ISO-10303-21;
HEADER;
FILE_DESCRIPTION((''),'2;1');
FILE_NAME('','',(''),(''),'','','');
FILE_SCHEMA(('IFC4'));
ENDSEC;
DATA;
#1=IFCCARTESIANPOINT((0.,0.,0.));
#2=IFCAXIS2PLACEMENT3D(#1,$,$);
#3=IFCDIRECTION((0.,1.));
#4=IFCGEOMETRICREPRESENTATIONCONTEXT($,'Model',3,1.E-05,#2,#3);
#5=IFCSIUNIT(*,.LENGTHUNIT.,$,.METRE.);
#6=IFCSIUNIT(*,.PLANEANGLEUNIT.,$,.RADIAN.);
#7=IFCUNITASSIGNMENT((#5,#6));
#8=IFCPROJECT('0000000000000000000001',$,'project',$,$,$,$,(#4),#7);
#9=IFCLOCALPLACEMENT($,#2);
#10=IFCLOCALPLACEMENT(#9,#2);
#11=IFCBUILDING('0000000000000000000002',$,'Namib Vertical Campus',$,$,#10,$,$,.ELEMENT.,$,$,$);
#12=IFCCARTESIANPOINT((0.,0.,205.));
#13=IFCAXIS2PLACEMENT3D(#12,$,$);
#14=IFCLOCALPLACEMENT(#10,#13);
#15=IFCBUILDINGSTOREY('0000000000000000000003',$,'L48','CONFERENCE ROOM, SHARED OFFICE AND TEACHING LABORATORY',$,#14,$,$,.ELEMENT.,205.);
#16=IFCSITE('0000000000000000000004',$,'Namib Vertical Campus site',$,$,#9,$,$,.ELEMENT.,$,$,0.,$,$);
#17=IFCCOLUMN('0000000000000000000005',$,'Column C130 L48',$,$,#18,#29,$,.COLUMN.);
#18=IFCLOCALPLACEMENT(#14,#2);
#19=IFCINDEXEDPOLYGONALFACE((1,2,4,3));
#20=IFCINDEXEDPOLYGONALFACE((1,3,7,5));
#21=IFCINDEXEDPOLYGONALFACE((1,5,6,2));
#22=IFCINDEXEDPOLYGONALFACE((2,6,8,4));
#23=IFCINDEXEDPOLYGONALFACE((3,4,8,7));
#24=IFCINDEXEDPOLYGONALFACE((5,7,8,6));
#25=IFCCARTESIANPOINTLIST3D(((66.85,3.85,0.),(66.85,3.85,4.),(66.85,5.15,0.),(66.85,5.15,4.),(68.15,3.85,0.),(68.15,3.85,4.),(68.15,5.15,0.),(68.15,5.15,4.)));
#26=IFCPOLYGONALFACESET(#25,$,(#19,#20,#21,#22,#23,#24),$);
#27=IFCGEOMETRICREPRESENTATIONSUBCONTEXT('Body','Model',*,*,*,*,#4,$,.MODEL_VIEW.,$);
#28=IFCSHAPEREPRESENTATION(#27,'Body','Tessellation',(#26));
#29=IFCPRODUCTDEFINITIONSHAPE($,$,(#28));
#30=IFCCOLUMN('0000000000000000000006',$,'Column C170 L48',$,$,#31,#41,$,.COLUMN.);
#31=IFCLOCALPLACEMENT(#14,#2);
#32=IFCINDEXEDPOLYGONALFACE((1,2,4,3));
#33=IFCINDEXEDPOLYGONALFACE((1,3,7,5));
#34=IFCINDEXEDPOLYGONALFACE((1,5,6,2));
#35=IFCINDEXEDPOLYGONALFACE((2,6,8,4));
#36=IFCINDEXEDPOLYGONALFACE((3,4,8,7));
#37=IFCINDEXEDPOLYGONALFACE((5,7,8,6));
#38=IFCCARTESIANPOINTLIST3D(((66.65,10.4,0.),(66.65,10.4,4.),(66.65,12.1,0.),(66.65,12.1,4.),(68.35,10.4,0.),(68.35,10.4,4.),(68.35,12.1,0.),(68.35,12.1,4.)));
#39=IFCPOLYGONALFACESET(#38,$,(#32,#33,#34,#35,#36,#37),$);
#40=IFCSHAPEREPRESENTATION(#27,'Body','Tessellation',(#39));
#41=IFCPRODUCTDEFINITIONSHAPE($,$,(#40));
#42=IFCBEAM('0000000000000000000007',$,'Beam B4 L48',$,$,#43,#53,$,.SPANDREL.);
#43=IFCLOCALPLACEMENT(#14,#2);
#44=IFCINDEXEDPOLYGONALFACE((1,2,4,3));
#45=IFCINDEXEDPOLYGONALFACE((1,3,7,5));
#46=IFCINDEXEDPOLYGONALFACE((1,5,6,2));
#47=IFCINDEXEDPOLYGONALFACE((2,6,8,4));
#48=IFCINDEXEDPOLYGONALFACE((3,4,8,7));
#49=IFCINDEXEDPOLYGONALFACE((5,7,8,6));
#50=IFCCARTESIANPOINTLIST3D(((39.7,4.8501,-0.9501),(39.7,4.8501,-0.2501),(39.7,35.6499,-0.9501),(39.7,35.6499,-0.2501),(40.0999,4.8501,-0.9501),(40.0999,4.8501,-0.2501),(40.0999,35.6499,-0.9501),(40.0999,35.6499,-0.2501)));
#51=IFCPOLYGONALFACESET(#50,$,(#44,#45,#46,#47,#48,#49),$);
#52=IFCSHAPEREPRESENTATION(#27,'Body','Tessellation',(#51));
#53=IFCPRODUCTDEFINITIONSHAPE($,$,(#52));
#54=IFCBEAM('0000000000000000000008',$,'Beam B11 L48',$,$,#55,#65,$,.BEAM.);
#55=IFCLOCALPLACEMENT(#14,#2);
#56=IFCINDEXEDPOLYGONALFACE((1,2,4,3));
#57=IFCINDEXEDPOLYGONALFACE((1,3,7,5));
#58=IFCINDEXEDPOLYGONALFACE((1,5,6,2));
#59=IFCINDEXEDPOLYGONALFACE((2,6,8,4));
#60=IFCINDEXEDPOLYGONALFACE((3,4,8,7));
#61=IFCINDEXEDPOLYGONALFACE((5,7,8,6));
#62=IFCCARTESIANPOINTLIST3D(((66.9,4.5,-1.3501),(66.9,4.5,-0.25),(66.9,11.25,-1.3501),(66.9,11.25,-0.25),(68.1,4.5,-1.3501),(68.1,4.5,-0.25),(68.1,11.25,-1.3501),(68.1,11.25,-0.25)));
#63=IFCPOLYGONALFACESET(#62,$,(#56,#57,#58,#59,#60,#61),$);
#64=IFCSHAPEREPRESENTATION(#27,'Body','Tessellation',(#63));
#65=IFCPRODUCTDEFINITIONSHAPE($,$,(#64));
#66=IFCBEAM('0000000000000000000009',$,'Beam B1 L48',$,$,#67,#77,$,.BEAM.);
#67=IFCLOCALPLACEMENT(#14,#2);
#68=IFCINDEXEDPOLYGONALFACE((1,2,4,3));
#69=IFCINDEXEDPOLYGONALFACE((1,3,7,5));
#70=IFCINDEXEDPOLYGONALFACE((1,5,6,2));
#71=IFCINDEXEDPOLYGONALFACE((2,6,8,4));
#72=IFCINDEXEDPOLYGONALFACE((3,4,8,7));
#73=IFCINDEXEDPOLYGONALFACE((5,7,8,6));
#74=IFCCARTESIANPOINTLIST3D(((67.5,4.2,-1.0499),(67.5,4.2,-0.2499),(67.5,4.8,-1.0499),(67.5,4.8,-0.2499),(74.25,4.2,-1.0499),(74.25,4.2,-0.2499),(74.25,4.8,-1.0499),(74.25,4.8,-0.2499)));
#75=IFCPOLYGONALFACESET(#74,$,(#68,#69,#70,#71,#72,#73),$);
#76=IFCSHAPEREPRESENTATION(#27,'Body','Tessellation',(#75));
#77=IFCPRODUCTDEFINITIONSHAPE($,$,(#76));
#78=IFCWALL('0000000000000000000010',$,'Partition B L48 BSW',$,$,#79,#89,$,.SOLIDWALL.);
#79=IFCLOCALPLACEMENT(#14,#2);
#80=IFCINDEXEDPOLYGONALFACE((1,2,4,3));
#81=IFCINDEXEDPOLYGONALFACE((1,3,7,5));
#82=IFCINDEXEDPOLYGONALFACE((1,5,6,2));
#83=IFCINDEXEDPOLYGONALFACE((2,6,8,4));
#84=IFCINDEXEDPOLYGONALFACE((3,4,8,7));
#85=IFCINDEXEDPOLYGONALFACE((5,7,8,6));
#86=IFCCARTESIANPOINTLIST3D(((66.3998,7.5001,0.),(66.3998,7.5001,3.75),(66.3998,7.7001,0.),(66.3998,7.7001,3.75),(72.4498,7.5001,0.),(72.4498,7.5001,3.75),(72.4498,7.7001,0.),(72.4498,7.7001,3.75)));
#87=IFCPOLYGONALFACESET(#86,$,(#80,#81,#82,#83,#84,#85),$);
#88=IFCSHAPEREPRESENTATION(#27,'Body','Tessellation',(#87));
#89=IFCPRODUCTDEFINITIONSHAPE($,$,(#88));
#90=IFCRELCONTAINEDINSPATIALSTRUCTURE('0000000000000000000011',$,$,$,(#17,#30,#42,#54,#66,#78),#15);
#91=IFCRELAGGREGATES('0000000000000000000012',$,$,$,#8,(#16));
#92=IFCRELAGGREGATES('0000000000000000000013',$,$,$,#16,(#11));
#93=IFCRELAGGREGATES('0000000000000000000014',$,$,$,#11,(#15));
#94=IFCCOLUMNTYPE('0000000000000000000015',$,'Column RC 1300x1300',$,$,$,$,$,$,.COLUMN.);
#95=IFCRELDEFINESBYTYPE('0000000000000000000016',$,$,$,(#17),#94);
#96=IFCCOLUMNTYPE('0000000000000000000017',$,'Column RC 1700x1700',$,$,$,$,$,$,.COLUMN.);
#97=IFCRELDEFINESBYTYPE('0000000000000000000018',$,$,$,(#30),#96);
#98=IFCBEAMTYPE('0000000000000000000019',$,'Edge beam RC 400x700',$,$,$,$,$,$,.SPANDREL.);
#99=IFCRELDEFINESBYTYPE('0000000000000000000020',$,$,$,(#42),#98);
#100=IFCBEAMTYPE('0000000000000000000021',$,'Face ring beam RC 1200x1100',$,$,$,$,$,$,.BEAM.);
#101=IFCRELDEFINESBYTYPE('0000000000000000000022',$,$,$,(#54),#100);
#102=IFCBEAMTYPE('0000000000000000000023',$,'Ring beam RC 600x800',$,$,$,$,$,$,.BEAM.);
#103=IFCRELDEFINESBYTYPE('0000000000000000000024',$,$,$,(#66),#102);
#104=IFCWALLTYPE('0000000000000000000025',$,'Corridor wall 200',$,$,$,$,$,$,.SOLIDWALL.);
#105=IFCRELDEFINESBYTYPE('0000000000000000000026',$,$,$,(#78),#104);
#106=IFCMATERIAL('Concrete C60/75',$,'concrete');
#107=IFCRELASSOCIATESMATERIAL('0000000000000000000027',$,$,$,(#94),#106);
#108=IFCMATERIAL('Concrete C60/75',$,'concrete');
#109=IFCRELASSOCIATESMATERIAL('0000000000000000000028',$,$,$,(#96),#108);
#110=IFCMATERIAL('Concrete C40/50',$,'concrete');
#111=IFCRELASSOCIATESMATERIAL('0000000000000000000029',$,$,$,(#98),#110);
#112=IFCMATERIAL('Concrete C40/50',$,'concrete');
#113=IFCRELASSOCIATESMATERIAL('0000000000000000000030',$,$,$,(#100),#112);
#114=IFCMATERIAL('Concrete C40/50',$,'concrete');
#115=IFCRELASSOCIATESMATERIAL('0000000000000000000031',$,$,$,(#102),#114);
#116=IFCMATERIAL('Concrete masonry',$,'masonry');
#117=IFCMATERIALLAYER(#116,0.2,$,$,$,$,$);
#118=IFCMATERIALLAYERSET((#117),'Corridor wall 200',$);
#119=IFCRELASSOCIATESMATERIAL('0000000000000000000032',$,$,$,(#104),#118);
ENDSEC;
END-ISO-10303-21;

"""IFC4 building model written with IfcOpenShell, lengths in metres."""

from ifc_helpers import new_model, si_unit, direction, frame, frame_2d, origin, origin_2d, place, context, subcontext, project, spatial, rectangle, extrude, material, layer, layer_set, material_profile, profile_set, type_object, element, save


model = new_model("IFC4")

# Units and contexts
model_context = context("Model", 3, precision=1e-05, world=origin(), true_north=direction((0.0, 1.0)))
body_context = subcontext(model_context, "Body", "Model", "MODEL_VIEW")
ifc_project = project(units=[si_unit("LENGTHUNIT", "METRE"), si_unit("PLANEANGLEUNIT", "RADIAN")], contexts=[model_context])

# Site, building, storey
site_placement = place(None, origin())
site = spatial("IfcSite", under=ifc_project, at=site_placement, Name="Namib Vertical Campus site", CompositionType="ELEMENT", RefElevation=0.0)
building_placement = place(site_placement, origin())
building = spatial("IfcBuilding", under=site, at=building_placement, Name="Namib Vertical Campus", CompositionType="ELEMENT")
storey_placement = place(building_placement, frame((0.0, 0.0, 205.0)))
storey = spatial("IfcBuildingStorey", under=building, at=storey_placement, Name="L48", Description="CONFERENCE ROOM, SHARED OFFICE AND TEACHING LABORATORY", CompositionType="ELEMENT", Elevation=205.0)

# Columns
ifc_material_1 = material(Name="Concrete C60/75", Category="concrete")
ifc_material_profile_1 = material_profile(ifc_material_1, rectangle(XDim=1.3, YDim=1.3, at=origin_2d()))
ifc_profile_set_1 = profile_set([ifc_material_profile_1], Name="Concrete C60/75")
column_type_1 = type_object("IfcColumnType", Name="Column RC 1300x1300", PredefinedType="COLUMN", material=ifc_profile_set_1)
column_1_placement = place(storey_placement, frame((67.5, 4.5, 0.0), z_axis=(0.0, 0.0, 1.0), x_axis=(1.0, 0.0, 0.0)))
element("IfcColumn", 1, at=column_1_placement, inside=storey, type_object=column_type_1, Name="Column C130 L48", PredefinedType="COLUMN", context=body_context, shape_type="SweptSolid", body=[
    extrude(rectangle(XDim=1.3, YDim=1.3, at=origin_2d()), origin(), (0.0, 0.0, 1.0), 4.0),
])
ifc_material_2 = material(Name="Concrete C60/75", Category="concrete")
ifc_material_profile_2 = material_profile(ifc_material_2, rectangle(XDim=1.7, YDim=1.7, at=origin_2d()))
ifc_profile_set_2 = profile_set([ifc_material_profile_2], Name="Concrete C60/75")
column_type_2 = type_object("IfcColumnType", Name="Column RC 1700x1700", PredefinedType="COLUMN", material=ifc_profile_set_2)
column_2_placement = place(storey_placement, frame((67.5, 11.25, 0.0), z_axis=(0.0, 0.0, 1.0), x_axis=(1.0, 0.0, 0.0)))
element("IfcColumn", 2, at=column_2_placement, inside=storey, type_object=column_type_2, Name="Column C170 L48", PredefinedType="COLUMN", context=body_context, shape_type="SweptSolid", body=[
    extrude(rectangle(XDim=1.7, YDim=1.7, at=origin_2d()), origin(), (0.0, 0.0, 1.0), 4.0),
])

# Beams
ifc_material_3 = material(Name="Concrete C40/50", Category="concrete")
ifc_material_profile_3 = material_profile(ifc_material_3, rectangle(XDim=0.3999, YDim=0.7, at=origin_2d()))
ifc_profile_set_3 = profile_set([ifc_material_profile_3], Name="Concrete C40/50")
beam_type_1 = type_object("IfcBeamType", Name="Edge beam RC 400x700", PredefinedType="SPANDREL", material=ifc_profile_set_3)
beam_1_placement = place(storey_placement, frame((39.8999, 4.8501, -0.6001), z_axis=(0.0, 1.0, 0.0), x_axis=(-1.0, 0.0, 0.0)))
element("IfcBeam", 3, at=beam_1_placement, inside=storey, type_object=beam_type_1, Name="Beam B4 L48", PredefinedType="SPANDREL", context=body_context, shape_type="SweptSolid", body=[
    extrude(rectangle(XDim=0.3999, YDim=0.7, at=origin_2d()), origin(), (0.0, 0.0, 1.0), 30.7998),
])
ifc_material_4 = material(Name="Concrete C40/50", Category="concrete")
ifc_material_profile_4 = material_profile(ifc_material_4, rectangle(XDim=1.2, YDim=1.1001, at=origin_2d()))
ifc_profile_set_4 = profile_set([ifc_material_profile_4], Name="Concrete C40/50")
beam_type_2 = type_object("IfcBeamType", Name="Face ring beam RC 1200x1100", PredefinedType="BEAM", material=ifc_profile_set_4)
beam_2_placement = place(storey_placement, frame((67.5, 4.5, -0.8), z_axis=(0.0, 1.0, 0.0), x_axis=(-1.0, 0.0, 0.0)))
element("IfcBeam", 4, at=beam_2_placement, inside=storey, type_object=beam_type_2, Name="Beam B11 L48", PredefinedType="BEAM", context=body_context, shape_type="SweptSolid", body=[
    extrude(rectangle(XDim=1.2, YDim=1.1001, at=origin_2d()), origin(), (0.0, 0.0, 1.0), 6.75),
])
ifc_material_5 = material(Name="Concrete C40/50", Category="concrete")
ifc_material_profile_5 = material_profile(ifc_material_5, rectangle(XDim=0.6001, YDim=0.8, at=origin_2d()))
ifc_profile_set_5 = profile_set([ifc_material_profile_5], Name="Concrete C40/50")
beam_type_3 = type_object("IfcBeamType", Name="Ring beam RC 600x800", PredefinedType="BEAM", material=ifc_profile_set_5)
beam_3_placement = place(storey_placement, frame((67.5, 4.5, -0.6499), z_axis=(1.0, 0.0, 0.0), x_axis=(0.0, 1.0, 0.0)))
element("IfcBeam", 5, at=beam_3_placement, inside=storey, type_object=beam_type_3, Name="Beam B1 L48", PredefinedType="BEAM", context=body_context, shape_type="SweptSolid", body=[
    extrude(rectangle(XDim=0.6001, YDim=0.8, at=origin_2d()), origin(), (0.0, 0.0, 1.0), 6.75),
])

# Wall
ifc_material_6 = material(Name="Concrete masonry", Category="masonry")
ifc_layer_1 = layer(ifc_material_6, 0.2)
ifc_layer_set_1 = layer_set([ifc_layer_1], Name="Corridor wall 200")
wall_type_1 = type_object("IfcWallType", Name="Corridor wall 200", PredefinedType="SOLIDWALL", material=ifc_layer_set_1)
wall_1_placement = place(storey_placement, frame((66.3999, 7.6001, 0.0), z_axis=(0.0, 0.0, 1.0), x_axis=(1.0, 0.0, 0.0)))
element("IfcWall", 6, at=wall_1_placement, inside=storey, type_object=wall_type_1, Name="Partition B L48 BSW", PredefinedType="SOLIDWALL", context=body_context, shape_type="SweptSolid", body=[
    extrude(rectangle(XDim=6.05, YDim=0.2, at=frame_2d((3.0249, 0.0))), origin(), (0.0, 0.0, 1.0), 3.75),
])

save(model, "model.ifc")
